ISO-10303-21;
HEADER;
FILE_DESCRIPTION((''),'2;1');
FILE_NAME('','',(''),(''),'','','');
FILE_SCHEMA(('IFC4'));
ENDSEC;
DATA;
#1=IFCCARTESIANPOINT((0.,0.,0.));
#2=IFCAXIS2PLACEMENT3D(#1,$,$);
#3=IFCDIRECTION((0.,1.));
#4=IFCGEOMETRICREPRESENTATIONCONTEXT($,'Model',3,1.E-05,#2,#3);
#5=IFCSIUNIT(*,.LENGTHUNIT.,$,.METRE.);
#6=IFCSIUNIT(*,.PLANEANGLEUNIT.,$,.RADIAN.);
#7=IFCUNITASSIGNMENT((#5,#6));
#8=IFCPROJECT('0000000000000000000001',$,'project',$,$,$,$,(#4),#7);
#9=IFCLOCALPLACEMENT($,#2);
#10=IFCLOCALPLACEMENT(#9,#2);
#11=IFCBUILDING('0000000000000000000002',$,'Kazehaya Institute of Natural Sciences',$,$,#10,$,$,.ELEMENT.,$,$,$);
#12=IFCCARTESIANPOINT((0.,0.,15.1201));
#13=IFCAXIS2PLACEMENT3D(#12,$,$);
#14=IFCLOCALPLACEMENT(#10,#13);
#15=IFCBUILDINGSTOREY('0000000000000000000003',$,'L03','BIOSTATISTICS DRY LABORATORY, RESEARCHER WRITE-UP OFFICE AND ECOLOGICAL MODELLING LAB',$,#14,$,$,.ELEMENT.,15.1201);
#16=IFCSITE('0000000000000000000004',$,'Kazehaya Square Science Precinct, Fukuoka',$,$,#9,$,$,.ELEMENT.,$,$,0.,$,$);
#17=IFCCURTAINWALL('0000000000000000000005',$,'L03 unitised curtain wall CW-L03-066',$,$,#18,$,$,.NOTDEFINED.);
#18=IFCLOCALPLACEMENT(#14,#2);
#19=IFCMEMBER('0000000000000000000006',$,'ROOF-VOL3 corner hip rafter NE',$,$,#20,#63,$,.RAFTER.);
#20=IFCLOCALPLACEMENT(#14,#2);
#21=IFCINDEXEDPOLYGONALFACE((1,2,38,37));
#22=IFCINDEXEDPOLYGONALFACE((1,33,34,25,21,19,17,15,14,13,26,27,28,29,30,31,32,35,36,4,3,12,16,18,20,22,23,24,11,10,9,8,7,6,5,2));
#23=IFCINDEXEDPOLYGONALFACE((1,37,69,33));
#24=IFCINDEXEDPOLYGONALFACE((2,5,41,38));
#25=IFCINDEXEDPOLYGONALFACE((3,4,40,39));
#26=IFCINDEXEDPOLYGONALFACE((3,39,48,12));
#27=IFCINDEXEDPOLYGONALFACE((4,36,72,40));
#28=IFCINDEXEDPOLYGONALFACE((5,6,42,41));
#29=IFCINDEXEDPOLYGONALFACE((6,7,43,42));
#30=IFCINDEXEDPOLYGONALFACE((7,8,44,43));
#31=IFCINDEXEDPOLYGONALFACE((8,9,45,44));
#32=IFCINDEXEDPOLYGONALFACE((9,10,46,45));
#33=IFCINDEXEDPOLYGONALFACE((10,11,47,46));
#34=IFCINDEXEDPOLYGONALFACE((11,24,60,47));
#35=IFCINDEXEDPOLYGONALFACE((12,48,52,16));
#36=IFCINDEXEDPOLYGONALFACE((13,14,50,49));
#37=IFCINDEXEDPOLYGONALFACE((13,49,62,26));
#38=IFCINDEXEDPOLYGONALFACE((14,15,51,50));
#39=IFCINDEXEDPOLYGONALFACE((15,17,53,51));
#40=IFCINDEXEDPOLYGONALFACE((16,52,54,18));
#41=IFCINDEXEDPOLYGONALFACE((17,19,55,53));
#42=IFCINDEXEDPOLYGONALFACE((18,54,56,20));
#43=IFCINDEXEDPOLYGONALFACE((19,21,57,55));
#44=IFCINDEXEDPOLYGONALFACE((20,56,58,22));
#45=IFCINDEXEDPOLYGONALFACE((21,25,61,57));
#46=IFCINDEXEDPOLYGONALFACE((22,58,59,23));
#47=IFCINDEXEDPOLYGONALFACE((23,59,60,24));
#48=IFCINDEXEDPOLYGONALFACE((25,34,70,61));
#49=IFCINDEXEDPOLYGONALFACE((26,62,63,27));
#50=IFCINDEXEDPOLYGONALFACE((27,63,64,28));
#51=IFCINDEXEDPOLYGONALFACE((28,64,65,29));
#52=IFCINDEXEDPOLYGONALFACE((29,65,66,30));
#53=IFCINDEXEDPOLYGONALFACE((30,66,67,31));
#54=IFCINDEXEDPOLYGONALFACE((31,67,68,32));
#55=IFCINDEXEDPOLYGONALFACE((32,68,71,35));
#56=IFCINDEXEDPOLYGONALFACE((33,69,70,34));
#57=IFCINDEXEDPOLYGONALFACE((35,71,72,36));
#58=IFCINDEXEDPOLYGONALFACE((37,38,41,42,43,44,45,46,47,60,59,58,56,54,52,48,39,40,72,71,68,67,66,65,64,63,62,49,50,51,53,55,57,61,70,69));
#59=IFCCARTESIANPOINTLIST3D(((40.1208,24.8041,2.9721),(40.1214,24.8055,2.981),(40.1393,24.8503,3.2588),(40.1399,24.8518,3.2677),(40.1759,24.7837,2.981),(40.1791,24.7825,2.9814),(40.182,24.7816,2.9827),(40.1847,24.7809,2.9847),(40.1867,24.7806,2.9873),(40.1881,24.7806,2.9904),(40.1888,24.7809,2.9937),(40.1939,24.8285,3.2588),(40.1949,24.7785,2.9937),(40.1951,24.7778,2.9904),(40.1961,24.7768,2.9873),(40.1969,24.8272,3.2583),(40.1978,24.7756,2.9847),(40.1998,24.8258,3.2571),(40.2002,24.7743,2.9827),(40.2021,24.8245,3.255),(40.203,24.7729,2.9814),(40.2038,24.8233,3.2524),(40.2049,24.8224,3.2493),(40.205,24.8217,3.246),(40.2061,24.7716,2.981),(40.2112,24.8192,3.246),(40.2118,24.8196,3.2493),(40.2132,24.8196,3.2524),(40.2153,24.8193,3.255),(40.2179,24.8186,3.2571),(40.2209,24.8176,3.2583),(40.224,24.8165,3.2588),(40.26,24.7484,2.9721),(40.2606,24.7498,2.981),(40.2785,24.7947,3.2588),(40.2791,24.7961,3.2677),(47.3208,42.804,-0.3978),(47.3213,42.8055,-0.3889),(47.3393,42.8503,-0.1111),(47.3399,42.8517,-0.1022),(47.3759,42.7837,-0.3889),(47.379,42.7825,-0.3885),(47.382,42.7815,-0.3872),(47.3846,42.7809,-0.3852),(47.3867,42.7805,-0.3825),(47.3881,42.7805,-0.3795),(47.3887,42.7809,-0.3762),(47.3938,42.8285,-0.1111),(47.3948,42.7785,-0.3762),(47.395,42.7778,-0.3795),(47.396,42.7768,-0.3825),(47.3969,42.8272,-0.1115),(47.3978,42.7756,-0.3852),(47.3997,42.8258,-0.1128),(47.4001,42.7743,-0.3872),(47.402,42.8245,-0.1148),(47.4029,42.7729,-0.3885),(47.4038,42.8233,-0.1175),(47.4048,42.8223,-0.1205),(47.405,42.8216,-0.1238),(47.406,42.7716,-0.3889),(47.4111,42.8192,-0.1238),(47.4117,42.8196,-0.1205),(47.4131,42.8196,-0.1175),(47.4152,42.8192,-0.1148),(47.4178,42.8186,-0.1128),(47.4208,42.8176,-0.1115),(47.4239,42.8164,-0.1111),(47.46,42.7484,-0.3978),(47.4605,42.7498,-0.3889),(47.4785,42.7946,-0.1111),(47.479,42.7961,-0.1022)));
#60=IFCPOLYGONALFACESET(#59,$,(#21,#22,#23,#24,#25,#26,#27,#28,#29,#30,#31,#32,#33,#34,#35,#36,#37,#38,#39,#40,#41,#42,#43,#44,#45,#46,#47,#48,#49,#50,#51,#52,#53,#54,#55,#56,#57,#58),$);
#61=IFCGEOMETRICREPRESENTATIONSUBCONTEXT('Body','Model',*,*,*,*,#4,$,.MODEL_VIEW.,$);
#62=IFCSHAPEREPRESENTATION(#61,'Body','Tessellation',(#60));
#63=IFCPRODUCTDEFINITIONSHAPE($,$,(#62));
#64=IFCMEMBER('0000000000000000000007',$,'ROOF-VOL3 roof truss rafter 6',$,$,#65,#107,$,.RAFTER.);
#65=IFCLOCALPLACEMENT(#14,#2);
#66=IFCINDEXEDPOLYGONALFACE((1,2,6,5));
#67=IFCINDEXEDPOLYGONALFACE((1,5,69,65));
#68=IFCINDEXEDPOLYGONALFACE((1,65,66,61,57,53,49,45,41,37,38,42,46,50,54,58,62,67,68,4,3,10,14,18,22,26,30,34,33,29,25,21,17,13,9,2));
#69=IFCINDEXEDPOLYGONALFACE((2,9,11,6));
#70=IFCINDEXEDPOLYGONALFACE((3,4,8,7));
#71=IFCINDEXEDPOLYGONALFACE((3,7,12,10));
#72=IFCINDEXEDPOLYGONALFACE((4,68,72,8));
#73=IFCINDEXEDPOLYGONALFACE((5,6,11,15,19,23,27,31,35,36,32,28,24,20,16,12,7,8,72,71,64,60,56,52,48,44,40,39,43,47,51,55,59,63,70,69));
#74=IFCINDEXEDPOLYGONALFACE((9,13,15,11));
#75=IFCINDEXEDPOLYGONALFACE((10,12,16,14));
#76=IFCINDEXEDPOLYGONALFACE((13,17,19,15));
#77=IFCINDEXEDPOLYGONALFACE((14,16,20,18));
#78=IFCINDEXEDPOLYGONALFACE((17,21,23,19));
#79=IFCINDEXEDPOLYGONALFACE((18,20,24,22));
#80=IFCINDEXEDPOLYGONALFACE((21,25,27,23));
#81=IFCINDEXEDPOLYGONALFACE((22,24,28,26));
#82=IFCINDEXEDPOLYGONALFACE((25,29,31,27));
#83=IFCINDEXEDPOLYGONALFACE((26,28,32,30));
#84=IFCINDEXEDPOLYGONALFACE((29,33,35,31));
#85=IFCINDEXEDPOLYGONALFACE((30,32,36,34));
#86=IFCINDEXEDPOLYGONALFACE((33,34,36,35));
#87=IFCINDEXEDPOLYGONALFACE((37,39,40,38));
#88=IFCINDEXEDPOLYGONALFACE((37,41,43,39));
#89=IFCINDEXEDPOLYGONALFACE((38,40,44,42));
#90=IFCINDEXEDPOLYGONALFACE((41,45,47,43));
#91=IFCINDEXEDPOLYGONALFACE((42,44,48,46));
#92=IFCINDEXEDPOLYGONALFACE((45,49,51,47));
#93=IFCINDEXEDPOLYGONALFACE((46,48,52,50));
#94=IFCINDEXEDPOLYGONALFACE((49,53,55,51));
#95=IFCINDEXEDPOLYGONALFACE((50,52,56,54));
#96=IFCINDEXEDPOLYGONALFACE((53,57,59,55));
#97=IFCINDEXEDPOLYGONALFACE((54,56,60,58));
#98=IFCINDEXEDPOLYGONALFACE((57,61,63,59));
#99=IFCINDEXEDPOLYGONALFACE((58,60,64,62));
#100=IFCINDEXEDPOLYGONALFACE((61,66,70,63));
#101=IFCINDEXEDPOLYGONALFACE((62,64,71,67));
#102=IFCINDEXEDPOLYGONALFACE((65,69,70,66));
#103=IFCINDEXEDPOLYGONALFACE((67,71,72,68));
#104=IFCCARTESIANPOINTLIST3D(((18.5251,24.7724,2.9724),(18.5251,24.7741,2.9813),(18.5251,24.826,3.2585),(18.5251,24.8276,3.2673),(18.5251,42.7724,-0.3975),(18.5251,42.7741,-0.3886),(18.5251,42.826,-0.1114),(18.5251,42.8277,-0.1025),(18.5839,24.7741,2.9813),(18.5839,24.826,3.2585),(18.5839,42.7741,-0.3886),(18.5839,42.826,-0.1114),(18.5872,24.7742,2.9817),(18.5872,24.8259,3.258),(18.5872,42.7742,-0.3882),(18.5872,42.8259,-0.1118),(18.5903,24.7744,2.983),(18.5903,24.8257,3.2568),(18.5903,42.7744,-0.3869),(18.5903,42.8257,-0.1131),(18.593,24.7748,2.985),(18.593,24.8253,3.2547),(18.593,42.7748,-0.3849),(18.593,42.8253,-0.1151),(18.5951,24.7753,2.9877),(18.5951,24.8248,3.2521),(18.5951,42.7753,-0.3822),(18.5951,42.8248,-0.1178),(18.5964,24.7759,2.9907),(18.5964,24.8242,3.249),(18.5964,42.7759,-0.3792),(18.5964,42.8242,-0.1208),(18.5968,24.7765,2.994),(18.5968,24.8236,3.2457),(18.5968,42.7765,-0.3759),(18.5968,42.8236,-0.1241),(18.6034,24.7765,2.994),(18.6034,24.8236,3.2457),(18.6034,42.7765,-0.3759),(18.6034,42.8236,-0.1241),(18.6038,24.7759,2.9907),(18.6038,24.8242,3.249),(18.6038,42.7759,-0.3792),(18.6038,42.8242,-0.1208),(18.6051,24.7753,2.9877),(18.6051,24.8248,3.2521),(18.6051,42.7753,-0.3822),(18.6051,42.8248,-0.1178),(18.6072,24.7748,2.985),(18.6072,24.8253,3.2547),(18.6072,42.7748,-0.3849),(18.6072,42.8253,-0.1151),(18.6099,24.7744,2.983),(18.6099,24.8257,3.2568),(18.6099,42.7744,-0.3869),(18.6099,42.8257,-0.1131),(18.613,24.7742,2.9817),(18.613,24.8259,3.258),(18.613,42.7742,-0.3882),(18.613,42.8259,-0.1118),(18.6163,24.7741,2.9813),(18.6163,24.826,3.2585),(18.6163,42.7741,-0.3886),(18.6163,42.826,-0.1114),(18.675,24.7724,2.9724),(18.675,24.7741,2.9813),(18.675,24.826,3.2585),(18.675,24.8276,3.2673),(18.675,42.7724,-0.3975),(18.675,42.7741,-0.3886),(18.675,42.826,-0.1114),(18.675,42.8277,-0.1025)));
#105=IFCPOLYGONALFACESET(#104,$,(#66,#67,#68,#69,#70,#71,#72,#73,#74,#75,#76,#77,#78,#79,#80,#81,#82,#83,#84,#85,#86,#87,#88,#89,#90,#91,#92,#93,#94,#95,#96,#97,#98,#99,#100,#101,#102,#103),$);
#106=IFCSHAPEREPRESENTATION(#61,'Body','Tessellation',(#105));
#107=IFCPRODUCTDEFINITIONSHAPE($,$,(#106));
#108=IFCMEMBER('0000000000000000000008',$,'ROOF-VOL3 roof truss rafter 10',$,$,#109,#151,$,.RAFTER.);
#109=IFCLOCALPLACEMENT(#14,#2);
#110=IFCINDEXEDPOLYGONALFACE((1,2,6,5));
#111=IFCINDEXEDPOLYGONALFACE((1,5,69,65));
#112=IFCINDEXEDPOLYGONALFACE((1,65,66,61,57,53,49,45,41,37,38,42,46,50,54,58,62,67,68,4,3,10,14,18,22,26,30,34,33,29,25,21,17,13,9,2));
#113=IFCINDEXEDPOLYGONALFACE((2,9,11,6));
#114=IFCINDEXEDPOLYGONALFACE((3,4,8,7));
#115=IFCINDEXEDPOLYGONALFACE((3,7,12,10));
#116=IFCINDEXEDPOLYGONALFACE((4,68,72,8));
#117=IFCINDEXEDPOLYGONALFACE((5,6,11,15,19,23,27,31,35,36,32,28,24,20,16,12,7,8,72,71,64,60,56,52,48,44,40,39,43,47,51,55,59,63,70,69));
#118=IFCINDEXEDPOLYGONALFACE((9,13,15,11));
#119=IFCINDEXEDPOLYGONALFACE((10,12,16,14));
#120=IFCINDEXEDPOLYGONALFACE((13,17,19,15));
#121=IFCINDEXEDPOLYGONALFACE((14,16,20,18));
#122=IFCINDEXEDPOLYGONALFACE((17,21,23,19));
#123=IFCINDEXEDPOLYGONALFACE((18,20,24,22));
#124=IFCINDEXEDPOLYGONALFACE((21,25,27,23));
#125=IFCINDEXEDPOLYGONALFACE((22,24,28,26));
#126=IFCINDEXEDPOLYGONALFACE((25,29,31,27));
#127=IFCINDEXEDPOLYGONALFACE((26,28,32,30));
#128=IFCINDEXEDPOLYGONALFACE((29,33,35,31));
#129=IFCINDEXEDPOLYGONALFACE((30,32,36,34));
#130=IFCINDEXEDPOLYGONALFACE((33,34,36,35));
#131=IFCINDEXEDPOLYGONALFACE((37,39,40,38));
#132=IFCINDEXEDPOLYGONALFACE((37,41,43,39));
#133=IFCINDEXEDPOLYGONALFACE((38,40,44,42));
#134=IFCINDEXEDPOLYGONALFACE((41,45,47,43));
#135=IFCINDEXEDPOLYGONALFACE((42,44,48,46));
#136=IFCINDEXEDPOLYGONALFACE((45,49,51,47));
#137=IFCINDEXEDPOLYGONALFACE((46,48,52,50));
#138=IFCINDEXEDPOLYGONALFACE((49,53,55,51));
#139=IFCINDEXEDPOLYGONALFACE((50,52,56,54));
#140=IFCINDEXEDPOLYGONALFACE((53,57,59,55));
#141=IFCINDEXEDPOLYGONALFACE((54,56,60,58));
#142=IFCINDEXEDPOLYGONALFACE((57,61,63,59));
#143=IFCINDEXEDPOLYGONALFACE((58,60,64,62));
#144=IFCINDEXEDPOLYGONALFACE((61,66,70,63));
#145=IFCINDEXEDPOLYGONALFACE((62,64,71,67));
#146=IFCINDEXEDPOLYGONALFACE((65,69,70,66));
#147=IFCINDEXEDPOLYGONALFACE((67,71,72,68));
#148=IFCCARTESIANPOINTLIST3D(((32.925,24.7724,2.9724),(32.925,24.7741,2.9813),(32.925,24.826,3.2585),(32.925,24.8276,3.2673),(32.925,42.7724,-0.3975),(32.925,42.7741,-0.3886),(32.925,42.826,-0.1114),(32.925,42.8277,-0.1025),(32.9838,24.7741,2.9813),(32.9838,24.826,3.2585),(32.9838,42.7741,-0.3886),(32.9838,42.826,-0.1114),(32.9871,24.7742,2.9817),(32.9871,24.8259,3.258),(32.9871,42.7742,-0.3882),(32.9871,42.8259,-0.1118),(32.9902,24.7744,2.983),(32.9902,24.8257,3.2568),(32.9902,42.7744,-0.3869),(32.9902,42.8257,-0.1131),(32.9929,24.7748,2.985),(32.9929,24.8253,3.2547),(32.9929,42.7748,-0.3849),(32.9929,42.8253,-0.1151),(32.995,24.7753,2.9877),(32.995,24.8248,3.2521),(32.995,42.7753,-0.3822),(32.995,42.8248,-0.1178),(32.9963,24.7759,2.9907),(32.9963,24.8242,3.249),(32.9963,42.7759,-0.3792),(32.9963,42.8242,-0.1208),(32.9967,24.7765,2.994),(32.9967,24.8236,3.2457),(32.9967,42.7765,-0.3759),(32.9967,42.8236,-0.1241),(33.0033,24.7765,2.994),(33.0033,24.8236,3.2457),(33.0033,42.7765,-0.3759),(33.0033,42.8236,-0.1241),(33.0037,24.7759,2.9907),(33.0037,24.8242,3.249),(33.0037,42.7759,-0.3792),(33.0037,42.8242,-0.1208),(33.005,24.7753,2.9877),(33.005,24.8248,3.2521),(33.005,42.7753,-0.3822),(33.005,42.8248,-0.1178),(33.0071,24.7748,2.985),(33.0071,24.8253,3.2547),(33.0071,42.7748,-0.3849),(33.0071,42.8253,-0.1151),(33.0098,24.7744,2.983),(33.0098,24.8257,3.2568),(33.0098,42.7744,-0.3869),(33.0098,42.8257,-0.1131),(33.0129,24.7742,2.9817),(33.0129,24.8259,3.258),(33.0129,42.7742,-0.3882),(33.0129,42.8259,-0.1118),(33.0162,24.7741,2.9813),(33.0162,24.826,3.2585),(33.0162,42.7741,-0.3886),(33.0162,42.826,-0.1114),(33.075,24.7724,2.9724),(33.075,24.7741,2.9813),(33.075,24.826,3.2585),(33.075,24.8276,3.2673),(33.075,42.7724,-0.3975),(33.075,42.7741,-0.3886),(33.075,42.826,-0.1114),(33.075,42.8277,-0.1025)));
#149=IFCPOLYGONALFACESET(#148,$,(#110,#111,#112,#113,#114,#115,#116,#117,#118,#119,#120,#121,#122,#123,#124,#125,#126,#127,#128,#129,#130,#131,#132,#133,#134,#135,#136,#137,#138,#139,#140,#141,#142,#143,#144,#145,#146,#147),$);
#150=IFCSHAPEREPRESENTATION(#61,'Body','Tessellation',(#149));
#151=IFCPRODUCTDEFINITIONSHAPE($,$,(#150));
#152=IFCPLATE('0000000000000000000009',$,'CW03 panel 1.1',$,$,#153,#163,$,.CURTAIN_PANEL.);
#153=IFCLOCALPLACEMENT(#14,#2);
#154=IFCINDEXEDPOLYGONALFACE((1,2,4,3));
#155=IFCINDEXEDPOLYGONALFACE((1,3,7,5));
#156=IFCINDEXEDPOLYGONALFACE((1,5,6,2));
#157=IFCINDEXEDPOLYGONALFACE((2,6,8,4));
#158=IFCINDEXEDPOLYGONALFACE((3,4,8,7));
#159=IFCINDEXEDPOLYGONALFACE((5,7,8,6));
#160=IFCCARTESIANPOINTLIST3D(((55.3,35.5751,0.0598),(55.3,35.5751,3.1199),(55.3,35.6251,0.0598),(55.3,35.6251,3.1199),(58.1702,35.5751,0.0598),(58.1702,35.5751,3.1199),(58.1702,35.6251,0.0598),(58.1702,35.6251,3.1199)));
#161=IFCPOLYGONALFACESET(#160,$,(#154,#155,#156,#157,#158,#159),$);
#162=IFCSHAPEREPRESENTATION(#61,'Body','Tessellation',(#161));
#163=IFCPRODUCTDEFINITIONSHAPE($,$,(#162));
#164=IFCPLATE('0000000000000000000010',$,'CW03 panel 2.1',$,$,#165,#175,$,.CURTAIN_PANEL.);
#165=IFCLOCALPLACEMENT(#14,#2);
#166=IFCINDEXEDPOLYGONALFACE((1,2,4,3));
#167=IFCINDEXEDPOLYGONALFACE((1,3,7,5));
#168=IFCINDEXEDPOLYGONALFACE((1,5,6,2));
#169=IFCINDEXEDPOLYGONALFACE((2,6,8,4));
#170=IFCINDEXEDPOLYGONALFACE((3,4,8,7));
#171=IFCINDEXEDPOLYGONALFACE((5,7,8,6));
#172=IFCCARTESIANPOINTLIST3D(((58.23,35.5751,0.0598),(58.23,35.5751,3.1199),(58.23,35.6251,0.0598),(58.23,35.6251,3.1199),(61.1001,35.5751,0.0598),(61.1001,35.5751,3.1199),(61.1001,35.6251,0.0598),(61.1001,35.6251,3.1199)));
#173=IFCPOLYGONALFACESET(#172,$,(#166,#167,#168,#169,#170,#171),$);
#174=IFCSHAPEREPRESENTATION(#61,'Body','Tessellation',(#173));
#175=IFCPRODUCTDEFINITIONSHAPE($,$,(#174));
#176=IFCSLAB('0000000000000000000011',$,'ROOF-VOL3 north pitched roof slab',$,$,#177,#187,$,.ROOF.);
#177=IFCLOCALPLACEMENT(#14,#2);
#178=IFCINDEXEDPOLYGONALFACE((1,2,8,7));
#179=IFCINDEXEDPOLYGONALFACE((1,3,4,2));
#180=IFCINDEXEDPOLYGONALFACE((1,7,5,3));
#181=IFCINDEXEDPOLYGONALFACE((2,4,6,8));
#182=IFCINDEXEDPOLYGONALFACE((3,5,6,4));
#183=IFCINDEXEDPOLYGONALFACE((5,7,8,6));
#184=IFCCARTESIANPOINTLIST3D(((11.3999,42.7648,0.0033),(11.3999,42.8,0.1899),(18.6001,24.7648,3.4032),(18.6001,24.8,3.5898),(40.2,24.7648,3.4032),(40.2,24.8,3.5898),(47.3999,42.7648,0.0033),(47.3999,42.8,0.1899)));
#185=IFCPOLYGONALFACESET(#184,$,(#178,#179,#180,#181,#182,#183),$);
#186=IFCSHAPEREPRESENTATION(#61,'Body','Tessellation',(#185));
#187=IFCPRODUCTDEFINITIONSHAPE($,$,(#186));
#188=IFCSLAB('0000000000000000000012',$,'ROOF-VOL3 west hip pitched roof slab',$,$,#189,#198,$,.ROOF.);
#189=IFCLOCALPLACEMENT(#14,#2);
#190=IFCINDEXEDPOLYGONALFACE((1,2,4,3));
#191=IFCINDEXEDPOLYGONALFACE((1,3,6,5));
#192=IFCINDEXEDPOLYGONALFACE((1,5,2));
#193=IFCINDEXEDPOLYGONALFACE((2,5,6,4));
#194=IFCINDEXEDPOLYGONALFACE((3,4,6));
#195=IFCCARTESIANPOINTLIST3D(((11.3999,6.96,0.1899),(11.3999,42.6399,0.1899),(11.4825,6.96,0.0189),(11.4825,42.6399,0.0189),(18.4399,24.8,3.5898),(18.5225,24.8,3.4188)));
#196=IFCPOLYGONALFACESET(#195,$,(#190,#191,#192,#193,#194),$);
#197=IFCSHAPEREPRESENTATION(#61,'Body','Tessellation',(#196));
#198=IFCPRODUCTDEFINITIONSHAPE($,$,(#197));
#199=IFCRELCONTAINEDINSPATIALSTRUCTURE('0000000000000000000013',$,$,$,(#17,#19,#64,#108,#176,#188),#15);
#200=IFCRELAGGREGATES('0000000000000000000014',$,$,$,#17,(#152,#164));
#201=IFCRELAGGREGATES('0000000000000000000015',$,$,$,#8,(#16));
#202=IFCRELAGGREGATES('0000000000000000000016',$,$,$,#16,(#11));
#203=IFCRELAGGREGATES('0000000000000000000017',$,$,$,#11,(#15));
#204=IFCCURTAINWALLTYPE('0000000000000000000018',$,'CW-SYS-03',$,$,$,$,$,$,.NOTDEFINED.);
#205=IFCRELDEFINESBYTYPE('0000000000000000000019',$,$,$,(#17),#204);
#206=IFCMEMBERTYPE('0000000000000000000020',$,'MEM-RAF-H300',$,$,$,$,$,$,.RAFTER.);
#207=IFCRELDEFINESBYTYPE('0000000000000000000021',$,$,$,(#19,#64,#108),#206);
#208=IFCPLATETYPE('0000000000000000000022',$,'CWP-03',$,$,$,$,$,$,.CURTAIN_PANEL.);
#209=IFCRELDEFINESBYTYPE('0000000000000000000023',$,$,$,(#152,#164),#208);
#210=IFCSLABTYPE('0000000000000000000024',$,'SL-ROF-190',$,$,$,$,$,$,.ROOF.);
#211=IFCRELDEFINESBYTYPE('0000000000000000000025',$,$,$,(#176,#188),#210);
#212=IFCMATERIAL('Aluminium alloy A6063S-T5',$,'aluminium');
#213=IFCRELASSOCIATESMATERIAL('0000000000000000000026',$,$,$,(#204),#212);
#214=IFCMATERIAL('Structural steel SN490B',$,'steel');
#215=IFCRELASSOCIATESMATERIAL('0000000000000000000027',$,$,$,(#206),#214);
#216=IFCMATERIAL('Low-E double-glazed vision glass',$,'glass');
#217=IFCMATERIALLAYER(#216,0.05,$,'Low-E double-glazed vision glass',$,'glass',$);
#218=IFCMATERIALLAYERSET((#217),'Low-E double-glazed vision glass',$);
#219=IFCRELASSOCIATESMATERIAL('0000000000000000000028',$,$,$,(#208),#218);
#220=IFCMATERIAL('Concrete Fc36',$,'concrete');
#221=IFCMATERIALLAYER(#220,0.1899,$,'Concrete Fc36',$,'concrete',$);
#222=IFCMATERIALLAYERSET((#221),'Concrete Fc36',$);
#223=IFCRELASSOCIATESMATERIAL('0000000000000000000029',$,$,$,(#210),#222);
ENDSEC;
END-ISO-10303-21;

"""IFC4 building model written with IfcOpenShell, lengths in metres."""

from ifc_helpers import new_model, si_unit, direction, frame, origin, origin_2d, place, context, subcontext, project, spatial, polyline, rectangle, i_section, outline, extrude, material, layer, layer_set, material_profile, profile_set, type_object, element, aggregate, save


model = new_model("IFC4")

# Units and contexts
model_context = context("Model", 3, precision=1e-05, world=origin(), true_north=direction((0.0, 1.0)))
body_context = subcontext(model_context, "Body", "Model", "MODEL_VIEW")
ifc_project = project(units=[si_unit("LENGTHUNIT", "METRE"), si_unit("PLANEANGLEUNIT", "RADIAN")], contexts=[model_context])

# Site, building, storey
site_placement = place(None, origin())
site = spatial("IfcSite", under=ifc_project, at=site_placement, Name="Kazehaya Square Science Precinct, Fukuoka", CompositionType="ELEMENT", RefElevation=0.0)
building_placement = place(site_placement, origin())
building = spatial("IfcBuilding", under=site, at=building_placement, Name="Kazehaya Institute of Natural Sciences", CompositionType="ELEMENT")
storey_placement = place(building_placement, frame((0.0, 0.0, 15.1201)))
storey = spatial("IfcBuildingStorey", under=building, at=storey_placement, Name="L03", Description="BIOSTATISTICS DRY LABORATORY, RESEARCHER WRITE-UP OFFICE AND ECOLOGICAL MODELLING LAB", CompositionType="ELEMENT", Elevation=15.1201)

# Shared definitions
ifc_material_1 = material(Name="Concrete Fc36", Category="concrete")

# Curtain wall
ifc_material_2 = material(Name="Aluminium alloy A6063S-T5", Category="aluminium")
curtain_wall_type_1 = type_object("IfcCurtainWallType", Name="CW-SYS-03", PredefinedType="NOTDEFINED", material=ifc_material_2)
curtain_wall_1_placement = place(storey_placement, origin())
curtain_wall_1 = element("IfcCurtainWall", 1, at=curtain_wall_1_placement, inside=storey, type_object=curtain_wall_type_1, Name="L03 unitised curtain wall CW-L03-066", PredefinedType="NOTDEFINED")

# Members
ifc_material_3 = material(Name="Structural steel SN490B", Category="steel")
ifc_material_profile_1 = material_profile(ifc_material_3, i_section(OverallWidth=0.1499, OverallDepth=0.3, WebThickness=0.0066, FlangeThickness=0.009, FilletRadius=0.0129, at=origin_2d()), Name="H-300x150x6.5x9")
ifc_profile_set_1 = profile_set([ifc_material_profile_1], Name="Structural steel SN490B")
member_type_1 = type_object("IfcMemberType", Name="MEM-RAF-H300", PredefinedType="RAFTER", material=ifc_profile_set_1)
member_1_placement = place(storey_placement, frame((47.3999, 42.8, -0.25), z_axis=(-0.365902, -0.914761, 0.171257), x_axis=(0.928478, -0.371389, 0.0)))
element("IfcMember", 2, at=member_1_placement, inside=storey, type_object=member_type_1, Name="ROOF-VOL3 corner hip rafter NE", PredefinedType="RAFTER", context=body_context, shape_type="SweptSolid", body=[
    extrude(i_section(OverallWidth=0.1499, OverallDepth=0.3, WebThickness=0.0066, FlangeThickness=0.009, FilletRadius=0.0129, at=origin_2d()), origin(), (0.0, 0.0, 1.0), 19.6772),
])
for number, where, z_axis, x_axis, name in (
    (3, (18.6001, 42.8, -0.25), (0.0, -0.982923, 0.184018), (1.0, 0.0, 0.0), "ROOF-VOL3 roof truss rafter 6"),
    (4, (33.0, 42.8, -0.25), (0.0, -0.982923, 0.184018), (1.0, 0.0, 0.0), "ROOF-VOL3 roof truss rafter 10"),
):
    element("IfcMember", number, at=place(storey_placement, frame(where, z_axis=z_axis, x_axis=x_axis)), inside=storey, type_object=member_type_1, Name=name, PredefinedType="RAFTER", context=body_context, shape_type="SweptSolid", body=[
        extrude(i_section(OverallWidth=0.1499, OverallDepth=0.3, WebThickness=0.0066, FlangeThickness=0.009, FilletRadius=0.0129, at=origin_2d()), origin(), (0.0, 0.0, 1.0), 18.3127),
    ])

# Plates
ifc_material_4 = material(Name="Low-E double-glazed vision glass", Category="glass")
ifc_layer_1 = layer(ifc_material_4, 0.05, Name="Low-E double-glazed vision glass", Category="glass")
ifc_layer_set_1 = layer_set([ifc_layer_1], Name="Low-E double-glazed vision glass")
plate_type = type_object("IfcPlateType", Name="CWP-03", PredefinedType="CURTAIN_PANEL", material=ifc_layer_set_1)
plate_1_placement = place(storey_placement, frame((56.7351, 35.6001, 0.0598), z_axis=(0.0, 0.0, 1.0), x_axis=(1.0, 0.0, 0.0)))
plate_1 = element("IfcPlate", 5, at=plate_1_placement, type_object=plate_type, Name="CW03 panel 1.1", PredefinedType="CURTAIN_PANEL", context=body_context, shape_type="SweptSolid", body=[
    extrude(rectangle(XDim=2.8701, YDim=0.05, at=origin_2d()), origin(), (0.0, 0.0, 1.0), 3.0601),
])
plate_2_placement = place(storey_placement, frame((59.665, 35.6001, 0.0598), z_axis=(0.0, 0.0, 1.0), x_axis=(1.0, 0.0, 0.0)))
plate_2 = element("IfcPlate", 6, at=plate_2_placement, type_object=plate_type, Name="CW03 panel 2.1", PredefinedType="CURTAIN_PANEL", context=body_context, shape_type="SweptSolid", body=[
    extrude(rectangle(XDim=2.8701, YDim=0.05, at=origin_2d()), origin(), (0.0, 0.0, 1.0), 3.0601),
])
aggregate(curtain_wall_1, [plate_1, plate_2])

# Slabs
ifc_layer_2 = layer(ifc_material_1, 0.1899, Name="Concrete Fc36", Category="concrete")
ifc_layer_set_2 = layer_set([ifc_layer_2], Name="Concrete Fc36")
slab_type = type_object("IfcSlabType", Name="SL-ROF-190", PredefinedType="ROOF", material=ifc_layer_set_2)
slab_1_placement = place(storey_placement, frame((47.3999, 42.8, 0.1899), z_axis=(0.0, 0.185602, 0.982625), x_axis=(-1.0, 0.0, 0.0)))
element("IfcSlab", 7, at=slab_1_placement, inside=storey, type_object=slab_type, Name="ROOF-VOL3 north pitched roof slab", PredefinedType="ROOF", context=body_context, shape_type="SweptSolid", body=[
    extrude(outline(polyline([(0.0, 0.0), (36.0, 0.0), (28.7998, 18.3183), (7.2, 18.3183), (0.0, 0.0)])), origin(), (0.0, 0.0, -1.0), 0.1899),
])
slab_2_placement = place(storey_placement, frame((11.3999, 42.6399, 0.1899), z_axis=(-0.43488, 0.0, 0.900488), x_axis=(0.0, -1.0, 0.0)))
element("IfcSlab", 8, at=slab_2_placement, inside=storey, type_object=slab_type, Name="ROOF-VOL3 west hip pitched roof slab", PredefinedType="ROOF", context=body_context, shape_type="SweptSolid", body=[
    extrude(outline(polyline([(0.0, 0.0), (35.6799, 0.0), (17.8398, 7.818), (0.0, 0.0)])), origin(), (0.0, 0.0, -1.0), 0.1899),
])

save(model, "model.ifc")
